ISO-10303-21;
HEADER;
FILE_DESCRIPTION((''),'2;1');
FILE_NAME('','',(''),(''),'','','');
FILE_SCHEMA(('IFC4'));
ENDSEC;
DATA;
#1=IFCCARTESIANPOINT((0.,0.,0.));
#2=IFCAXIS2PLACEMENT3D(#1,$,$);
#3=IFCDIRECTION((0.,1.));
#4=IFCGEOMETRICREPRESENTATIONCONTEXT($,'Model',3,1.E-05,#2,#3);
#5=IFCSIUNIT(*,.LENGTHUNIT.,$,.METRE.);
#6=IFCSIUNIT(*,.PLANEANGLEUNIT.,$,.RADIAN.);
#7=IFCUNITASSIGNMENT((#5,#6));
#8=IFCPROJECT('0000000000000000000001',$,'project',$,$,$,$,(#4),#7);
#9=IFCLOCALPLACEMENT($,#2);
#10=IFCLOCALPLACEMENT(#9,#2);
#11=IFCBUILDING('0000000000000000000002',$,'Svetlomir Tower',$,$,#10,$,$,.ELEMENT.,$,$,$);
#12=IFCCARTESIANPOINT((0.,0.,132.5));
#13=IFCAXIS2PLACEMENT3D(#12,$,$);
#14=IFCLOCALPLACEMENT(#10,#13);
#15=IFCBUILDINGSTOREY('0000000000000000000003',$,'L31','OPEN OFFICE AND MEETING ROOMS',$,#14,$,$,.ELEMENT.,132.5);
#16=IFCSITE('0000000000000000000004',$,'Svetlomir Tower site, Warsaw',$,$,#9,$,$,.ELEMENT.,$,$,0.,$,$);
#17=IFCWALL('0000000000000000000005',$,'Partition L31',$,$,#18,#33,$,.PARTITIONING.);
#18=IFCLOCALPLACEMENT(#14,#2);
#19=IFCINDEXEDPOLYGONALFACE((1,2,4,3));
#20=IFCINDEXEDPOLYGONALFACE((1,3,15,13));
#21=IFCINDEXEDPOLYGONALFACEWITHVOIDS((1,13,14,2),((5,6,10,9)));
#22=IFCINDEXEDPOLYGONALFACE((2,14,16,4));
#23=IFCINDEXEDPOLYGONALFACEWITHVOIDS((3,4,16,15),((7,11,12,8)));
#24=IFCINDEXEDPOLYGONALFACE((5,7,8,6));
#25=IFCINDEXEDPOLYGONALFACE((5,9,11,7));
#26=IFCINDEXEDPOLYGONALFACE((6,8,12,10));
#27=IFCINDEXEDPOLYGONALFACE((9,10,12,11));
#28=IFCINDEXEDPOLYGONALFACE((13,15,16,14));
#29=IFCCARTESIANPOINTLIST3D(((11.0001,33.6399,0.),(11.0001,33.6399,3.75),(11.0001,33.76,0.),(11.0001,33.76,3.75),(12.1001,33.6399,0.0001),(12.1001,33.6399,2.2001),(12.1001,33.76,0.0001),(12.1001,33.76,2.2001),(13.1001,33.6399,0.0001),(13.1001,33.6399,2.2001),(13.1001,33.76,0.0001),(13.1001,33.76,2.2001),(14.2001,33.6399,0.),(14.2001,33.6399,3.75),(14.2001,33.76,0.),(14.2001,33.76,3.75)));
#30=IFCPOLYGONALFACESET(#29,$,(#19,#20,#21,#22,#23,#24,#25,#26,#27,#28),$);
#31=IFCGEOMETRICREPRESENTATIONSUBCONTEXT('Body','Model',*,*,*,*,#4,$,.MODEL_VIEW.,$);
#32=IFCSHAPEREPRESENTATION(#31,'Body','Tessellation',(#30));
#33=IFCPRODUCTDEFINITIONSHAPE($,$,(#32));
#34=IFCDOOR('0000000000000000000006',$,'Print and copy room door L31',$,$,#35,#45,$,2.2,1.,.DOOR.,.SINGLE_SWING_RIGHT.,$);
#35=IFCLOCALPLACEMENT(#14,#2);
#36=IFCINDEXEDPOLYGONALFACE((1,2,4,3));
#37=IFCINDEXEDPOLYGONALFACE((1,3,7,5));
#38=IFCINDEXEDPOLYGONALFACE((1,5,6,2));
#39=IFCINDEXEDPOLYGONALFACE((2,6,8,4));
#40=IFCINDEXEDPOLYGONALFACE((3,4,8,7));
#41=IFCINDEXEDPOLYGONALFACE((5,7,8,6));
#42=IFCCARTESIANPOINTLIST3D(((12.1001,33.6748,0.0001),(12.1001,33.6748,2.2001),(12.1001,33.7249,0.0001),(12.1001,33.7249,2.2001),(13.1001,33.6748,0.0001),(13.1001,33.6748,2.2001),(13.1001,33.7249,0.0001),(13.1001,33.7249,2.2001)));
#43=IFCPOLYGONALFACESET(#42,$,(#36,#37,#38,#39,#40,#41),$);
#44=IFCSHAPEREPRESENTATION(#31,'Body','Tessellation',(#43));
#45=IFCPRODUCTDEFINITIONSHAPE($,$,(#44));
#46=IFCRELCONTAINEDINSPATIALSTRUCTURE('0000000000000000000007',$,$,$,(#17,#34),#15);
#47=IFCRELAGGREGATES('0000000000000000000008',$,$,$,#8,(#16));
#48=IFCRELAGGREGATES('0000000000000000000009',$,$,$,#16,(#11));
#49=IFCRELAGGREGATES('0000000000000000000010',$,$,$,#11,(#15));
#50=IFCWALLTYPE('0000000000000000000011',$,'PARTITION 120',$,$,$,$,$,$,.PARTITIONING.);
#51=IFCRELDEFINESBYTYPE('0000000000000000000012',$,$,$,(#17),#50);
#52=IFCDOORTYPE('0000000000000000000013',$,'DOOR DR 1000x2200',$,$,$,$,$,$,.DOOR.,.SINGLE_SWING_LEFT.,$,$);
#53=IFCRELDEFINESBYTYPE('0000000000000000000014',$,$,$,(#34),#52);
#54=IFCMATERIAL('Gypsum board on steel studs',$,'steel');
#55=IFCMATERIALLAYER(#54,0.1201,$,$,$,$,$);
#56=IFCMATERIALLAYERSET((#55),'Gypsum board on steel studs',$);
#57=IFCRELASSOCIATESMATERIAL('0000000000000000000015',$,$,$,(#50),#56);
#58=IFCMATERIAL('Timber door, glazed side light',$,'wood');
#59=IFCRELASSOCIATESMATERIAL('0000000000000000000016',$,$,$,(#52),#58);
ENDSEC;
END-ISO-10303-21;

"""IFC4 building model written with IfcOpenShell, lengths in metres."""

from ifc_helpers import new_model, si_unit, direction, frame, frame_2d, origin, place, context, subcontext, project, spatial, rectangle, extrude, material, layer, layer_set, type_object, element, fill, save


model = new_model("IFC4")

# Units and contexts
model_context = context("Model", 3, precision=1e-05, world=origin(), true_north=direction((0.0, 1.0)))
body_context = subcontext(model_context, "Body", "Model", "MODEL_VIEW")
ifc_project = project(units=[si_unit("LENGTHUNIT", "METRE"), si_unit("PLANEANGLEUNIT", "RADIAN")], contexts=[model_context])

# Site, building, storey
site_placement = place(None, origin())
site = spatial("IfcSite", under=ifc_project, at=site_placement, Name="Svetlomir Tower site, Warsaw", CompositionType="ELEMENT", RefElevation=0.0)
building_placement = place(site_placement, origin())
building = spatial("IfcBuilding", under=site, at=building_placement, Name="Svetlomir Tower", CompositionType="ELEMENT")
storey_placement = place(building_placement, frame((0.0, 0.0, 132.5)))
storey = spatial("IfcBuildingStorey", under=building, at=storey_placement, Name="L31", Description="OPEN OFFICE AND MEETING ROOMS", CompositionType="ELEMENT", Elevation=132.5)

# Wall, opening, door
ifc_material_1 = material(Name="Gypsum board on steel studs", Category="steel")
ifc_layer_1 = layer(ifc_material_1, 0.1201)
ifc_layer_set_1 = layer_set([ifc_layer_1], Name="Gypsum board on steel studs")
wall_type = type_object("IfcWallType", Name="PARTITION 120", PredefinedType="PARTITIONING", material=ifc_layer_set_1)
wall_placement = place(storey_placement, frame((11.0, 33.7, 0.0), z_axis=(0.0, 0.0, 1.0), x_axis=(1.0, 0.0, 0.0)))
wall = element("IfcWall", 1, at=wall_placement, inside=storey, type_object=wall_type, Name="Partition L31", PredefinedType="PARTITIONING", context=body_context, shape_type="SweptSolid", body=[
    extrude(rectangle(XDim=3.2, YDim=0.1201, at=frame_2d((1.6001, 0.0))), origin(), (0.0, 0.0, 1.0), 3.75),
])
opening_placement = place(wall_placement, frame((1.1001, 0.0, 0.0)))
opening = element("IfcOpeningElement", 2, at=opening_placement, cuts=wall, PredefinedType="OPENING", context=body_context, shape_type="SweptSolid", body=[
    extrude(rectangle(XDim=1.0, YDim=2.2, at=frame_2d((0.5, 1.1001))), frame((0.0, 0.0701, 0.0), z_axis=(0.0, -1.0, 0.0), x_axis=(1.0, 0.0, 0.0)), (0.0, 0.0, 1.0), 0.1401),
])
ifc_material_2 = material(Name="Timber door, glazed side light", Category="wood")
door_type = type_object("IfcDoorType", Name="DOOR DR 1000x2200", OperationType="SINGLE_SWING_LEFT", PredefinedType="DOOR", material=ifc_material_2)
door_placement = place(opening_placement, origin())
door = element("IfcDoor", 3, at=door_placement, inside=storey, type_object=door_type, Name="Print and copy room door L31", OperationType="SINGLE_SWING_RIGHT", OverallHeight=2.2, OverallWidth=1.0, PredefinedType="DOOR", context=body_context, shape_type="SweptSolid", body=[
    extrude(rectangle(XDim=1.0, YDim=2.2, at=frame_2d((0.5, 1.1001))), frame((0.0, 0.0249, 0.0), z_axis=(0.0, -1.0, 0.0), x_axis=(1.0, 0.0, 0.0)), (0.0, 0.0, 1.0), 0.05),
])
fill(opening, door)

save(model, "model.ifc")
